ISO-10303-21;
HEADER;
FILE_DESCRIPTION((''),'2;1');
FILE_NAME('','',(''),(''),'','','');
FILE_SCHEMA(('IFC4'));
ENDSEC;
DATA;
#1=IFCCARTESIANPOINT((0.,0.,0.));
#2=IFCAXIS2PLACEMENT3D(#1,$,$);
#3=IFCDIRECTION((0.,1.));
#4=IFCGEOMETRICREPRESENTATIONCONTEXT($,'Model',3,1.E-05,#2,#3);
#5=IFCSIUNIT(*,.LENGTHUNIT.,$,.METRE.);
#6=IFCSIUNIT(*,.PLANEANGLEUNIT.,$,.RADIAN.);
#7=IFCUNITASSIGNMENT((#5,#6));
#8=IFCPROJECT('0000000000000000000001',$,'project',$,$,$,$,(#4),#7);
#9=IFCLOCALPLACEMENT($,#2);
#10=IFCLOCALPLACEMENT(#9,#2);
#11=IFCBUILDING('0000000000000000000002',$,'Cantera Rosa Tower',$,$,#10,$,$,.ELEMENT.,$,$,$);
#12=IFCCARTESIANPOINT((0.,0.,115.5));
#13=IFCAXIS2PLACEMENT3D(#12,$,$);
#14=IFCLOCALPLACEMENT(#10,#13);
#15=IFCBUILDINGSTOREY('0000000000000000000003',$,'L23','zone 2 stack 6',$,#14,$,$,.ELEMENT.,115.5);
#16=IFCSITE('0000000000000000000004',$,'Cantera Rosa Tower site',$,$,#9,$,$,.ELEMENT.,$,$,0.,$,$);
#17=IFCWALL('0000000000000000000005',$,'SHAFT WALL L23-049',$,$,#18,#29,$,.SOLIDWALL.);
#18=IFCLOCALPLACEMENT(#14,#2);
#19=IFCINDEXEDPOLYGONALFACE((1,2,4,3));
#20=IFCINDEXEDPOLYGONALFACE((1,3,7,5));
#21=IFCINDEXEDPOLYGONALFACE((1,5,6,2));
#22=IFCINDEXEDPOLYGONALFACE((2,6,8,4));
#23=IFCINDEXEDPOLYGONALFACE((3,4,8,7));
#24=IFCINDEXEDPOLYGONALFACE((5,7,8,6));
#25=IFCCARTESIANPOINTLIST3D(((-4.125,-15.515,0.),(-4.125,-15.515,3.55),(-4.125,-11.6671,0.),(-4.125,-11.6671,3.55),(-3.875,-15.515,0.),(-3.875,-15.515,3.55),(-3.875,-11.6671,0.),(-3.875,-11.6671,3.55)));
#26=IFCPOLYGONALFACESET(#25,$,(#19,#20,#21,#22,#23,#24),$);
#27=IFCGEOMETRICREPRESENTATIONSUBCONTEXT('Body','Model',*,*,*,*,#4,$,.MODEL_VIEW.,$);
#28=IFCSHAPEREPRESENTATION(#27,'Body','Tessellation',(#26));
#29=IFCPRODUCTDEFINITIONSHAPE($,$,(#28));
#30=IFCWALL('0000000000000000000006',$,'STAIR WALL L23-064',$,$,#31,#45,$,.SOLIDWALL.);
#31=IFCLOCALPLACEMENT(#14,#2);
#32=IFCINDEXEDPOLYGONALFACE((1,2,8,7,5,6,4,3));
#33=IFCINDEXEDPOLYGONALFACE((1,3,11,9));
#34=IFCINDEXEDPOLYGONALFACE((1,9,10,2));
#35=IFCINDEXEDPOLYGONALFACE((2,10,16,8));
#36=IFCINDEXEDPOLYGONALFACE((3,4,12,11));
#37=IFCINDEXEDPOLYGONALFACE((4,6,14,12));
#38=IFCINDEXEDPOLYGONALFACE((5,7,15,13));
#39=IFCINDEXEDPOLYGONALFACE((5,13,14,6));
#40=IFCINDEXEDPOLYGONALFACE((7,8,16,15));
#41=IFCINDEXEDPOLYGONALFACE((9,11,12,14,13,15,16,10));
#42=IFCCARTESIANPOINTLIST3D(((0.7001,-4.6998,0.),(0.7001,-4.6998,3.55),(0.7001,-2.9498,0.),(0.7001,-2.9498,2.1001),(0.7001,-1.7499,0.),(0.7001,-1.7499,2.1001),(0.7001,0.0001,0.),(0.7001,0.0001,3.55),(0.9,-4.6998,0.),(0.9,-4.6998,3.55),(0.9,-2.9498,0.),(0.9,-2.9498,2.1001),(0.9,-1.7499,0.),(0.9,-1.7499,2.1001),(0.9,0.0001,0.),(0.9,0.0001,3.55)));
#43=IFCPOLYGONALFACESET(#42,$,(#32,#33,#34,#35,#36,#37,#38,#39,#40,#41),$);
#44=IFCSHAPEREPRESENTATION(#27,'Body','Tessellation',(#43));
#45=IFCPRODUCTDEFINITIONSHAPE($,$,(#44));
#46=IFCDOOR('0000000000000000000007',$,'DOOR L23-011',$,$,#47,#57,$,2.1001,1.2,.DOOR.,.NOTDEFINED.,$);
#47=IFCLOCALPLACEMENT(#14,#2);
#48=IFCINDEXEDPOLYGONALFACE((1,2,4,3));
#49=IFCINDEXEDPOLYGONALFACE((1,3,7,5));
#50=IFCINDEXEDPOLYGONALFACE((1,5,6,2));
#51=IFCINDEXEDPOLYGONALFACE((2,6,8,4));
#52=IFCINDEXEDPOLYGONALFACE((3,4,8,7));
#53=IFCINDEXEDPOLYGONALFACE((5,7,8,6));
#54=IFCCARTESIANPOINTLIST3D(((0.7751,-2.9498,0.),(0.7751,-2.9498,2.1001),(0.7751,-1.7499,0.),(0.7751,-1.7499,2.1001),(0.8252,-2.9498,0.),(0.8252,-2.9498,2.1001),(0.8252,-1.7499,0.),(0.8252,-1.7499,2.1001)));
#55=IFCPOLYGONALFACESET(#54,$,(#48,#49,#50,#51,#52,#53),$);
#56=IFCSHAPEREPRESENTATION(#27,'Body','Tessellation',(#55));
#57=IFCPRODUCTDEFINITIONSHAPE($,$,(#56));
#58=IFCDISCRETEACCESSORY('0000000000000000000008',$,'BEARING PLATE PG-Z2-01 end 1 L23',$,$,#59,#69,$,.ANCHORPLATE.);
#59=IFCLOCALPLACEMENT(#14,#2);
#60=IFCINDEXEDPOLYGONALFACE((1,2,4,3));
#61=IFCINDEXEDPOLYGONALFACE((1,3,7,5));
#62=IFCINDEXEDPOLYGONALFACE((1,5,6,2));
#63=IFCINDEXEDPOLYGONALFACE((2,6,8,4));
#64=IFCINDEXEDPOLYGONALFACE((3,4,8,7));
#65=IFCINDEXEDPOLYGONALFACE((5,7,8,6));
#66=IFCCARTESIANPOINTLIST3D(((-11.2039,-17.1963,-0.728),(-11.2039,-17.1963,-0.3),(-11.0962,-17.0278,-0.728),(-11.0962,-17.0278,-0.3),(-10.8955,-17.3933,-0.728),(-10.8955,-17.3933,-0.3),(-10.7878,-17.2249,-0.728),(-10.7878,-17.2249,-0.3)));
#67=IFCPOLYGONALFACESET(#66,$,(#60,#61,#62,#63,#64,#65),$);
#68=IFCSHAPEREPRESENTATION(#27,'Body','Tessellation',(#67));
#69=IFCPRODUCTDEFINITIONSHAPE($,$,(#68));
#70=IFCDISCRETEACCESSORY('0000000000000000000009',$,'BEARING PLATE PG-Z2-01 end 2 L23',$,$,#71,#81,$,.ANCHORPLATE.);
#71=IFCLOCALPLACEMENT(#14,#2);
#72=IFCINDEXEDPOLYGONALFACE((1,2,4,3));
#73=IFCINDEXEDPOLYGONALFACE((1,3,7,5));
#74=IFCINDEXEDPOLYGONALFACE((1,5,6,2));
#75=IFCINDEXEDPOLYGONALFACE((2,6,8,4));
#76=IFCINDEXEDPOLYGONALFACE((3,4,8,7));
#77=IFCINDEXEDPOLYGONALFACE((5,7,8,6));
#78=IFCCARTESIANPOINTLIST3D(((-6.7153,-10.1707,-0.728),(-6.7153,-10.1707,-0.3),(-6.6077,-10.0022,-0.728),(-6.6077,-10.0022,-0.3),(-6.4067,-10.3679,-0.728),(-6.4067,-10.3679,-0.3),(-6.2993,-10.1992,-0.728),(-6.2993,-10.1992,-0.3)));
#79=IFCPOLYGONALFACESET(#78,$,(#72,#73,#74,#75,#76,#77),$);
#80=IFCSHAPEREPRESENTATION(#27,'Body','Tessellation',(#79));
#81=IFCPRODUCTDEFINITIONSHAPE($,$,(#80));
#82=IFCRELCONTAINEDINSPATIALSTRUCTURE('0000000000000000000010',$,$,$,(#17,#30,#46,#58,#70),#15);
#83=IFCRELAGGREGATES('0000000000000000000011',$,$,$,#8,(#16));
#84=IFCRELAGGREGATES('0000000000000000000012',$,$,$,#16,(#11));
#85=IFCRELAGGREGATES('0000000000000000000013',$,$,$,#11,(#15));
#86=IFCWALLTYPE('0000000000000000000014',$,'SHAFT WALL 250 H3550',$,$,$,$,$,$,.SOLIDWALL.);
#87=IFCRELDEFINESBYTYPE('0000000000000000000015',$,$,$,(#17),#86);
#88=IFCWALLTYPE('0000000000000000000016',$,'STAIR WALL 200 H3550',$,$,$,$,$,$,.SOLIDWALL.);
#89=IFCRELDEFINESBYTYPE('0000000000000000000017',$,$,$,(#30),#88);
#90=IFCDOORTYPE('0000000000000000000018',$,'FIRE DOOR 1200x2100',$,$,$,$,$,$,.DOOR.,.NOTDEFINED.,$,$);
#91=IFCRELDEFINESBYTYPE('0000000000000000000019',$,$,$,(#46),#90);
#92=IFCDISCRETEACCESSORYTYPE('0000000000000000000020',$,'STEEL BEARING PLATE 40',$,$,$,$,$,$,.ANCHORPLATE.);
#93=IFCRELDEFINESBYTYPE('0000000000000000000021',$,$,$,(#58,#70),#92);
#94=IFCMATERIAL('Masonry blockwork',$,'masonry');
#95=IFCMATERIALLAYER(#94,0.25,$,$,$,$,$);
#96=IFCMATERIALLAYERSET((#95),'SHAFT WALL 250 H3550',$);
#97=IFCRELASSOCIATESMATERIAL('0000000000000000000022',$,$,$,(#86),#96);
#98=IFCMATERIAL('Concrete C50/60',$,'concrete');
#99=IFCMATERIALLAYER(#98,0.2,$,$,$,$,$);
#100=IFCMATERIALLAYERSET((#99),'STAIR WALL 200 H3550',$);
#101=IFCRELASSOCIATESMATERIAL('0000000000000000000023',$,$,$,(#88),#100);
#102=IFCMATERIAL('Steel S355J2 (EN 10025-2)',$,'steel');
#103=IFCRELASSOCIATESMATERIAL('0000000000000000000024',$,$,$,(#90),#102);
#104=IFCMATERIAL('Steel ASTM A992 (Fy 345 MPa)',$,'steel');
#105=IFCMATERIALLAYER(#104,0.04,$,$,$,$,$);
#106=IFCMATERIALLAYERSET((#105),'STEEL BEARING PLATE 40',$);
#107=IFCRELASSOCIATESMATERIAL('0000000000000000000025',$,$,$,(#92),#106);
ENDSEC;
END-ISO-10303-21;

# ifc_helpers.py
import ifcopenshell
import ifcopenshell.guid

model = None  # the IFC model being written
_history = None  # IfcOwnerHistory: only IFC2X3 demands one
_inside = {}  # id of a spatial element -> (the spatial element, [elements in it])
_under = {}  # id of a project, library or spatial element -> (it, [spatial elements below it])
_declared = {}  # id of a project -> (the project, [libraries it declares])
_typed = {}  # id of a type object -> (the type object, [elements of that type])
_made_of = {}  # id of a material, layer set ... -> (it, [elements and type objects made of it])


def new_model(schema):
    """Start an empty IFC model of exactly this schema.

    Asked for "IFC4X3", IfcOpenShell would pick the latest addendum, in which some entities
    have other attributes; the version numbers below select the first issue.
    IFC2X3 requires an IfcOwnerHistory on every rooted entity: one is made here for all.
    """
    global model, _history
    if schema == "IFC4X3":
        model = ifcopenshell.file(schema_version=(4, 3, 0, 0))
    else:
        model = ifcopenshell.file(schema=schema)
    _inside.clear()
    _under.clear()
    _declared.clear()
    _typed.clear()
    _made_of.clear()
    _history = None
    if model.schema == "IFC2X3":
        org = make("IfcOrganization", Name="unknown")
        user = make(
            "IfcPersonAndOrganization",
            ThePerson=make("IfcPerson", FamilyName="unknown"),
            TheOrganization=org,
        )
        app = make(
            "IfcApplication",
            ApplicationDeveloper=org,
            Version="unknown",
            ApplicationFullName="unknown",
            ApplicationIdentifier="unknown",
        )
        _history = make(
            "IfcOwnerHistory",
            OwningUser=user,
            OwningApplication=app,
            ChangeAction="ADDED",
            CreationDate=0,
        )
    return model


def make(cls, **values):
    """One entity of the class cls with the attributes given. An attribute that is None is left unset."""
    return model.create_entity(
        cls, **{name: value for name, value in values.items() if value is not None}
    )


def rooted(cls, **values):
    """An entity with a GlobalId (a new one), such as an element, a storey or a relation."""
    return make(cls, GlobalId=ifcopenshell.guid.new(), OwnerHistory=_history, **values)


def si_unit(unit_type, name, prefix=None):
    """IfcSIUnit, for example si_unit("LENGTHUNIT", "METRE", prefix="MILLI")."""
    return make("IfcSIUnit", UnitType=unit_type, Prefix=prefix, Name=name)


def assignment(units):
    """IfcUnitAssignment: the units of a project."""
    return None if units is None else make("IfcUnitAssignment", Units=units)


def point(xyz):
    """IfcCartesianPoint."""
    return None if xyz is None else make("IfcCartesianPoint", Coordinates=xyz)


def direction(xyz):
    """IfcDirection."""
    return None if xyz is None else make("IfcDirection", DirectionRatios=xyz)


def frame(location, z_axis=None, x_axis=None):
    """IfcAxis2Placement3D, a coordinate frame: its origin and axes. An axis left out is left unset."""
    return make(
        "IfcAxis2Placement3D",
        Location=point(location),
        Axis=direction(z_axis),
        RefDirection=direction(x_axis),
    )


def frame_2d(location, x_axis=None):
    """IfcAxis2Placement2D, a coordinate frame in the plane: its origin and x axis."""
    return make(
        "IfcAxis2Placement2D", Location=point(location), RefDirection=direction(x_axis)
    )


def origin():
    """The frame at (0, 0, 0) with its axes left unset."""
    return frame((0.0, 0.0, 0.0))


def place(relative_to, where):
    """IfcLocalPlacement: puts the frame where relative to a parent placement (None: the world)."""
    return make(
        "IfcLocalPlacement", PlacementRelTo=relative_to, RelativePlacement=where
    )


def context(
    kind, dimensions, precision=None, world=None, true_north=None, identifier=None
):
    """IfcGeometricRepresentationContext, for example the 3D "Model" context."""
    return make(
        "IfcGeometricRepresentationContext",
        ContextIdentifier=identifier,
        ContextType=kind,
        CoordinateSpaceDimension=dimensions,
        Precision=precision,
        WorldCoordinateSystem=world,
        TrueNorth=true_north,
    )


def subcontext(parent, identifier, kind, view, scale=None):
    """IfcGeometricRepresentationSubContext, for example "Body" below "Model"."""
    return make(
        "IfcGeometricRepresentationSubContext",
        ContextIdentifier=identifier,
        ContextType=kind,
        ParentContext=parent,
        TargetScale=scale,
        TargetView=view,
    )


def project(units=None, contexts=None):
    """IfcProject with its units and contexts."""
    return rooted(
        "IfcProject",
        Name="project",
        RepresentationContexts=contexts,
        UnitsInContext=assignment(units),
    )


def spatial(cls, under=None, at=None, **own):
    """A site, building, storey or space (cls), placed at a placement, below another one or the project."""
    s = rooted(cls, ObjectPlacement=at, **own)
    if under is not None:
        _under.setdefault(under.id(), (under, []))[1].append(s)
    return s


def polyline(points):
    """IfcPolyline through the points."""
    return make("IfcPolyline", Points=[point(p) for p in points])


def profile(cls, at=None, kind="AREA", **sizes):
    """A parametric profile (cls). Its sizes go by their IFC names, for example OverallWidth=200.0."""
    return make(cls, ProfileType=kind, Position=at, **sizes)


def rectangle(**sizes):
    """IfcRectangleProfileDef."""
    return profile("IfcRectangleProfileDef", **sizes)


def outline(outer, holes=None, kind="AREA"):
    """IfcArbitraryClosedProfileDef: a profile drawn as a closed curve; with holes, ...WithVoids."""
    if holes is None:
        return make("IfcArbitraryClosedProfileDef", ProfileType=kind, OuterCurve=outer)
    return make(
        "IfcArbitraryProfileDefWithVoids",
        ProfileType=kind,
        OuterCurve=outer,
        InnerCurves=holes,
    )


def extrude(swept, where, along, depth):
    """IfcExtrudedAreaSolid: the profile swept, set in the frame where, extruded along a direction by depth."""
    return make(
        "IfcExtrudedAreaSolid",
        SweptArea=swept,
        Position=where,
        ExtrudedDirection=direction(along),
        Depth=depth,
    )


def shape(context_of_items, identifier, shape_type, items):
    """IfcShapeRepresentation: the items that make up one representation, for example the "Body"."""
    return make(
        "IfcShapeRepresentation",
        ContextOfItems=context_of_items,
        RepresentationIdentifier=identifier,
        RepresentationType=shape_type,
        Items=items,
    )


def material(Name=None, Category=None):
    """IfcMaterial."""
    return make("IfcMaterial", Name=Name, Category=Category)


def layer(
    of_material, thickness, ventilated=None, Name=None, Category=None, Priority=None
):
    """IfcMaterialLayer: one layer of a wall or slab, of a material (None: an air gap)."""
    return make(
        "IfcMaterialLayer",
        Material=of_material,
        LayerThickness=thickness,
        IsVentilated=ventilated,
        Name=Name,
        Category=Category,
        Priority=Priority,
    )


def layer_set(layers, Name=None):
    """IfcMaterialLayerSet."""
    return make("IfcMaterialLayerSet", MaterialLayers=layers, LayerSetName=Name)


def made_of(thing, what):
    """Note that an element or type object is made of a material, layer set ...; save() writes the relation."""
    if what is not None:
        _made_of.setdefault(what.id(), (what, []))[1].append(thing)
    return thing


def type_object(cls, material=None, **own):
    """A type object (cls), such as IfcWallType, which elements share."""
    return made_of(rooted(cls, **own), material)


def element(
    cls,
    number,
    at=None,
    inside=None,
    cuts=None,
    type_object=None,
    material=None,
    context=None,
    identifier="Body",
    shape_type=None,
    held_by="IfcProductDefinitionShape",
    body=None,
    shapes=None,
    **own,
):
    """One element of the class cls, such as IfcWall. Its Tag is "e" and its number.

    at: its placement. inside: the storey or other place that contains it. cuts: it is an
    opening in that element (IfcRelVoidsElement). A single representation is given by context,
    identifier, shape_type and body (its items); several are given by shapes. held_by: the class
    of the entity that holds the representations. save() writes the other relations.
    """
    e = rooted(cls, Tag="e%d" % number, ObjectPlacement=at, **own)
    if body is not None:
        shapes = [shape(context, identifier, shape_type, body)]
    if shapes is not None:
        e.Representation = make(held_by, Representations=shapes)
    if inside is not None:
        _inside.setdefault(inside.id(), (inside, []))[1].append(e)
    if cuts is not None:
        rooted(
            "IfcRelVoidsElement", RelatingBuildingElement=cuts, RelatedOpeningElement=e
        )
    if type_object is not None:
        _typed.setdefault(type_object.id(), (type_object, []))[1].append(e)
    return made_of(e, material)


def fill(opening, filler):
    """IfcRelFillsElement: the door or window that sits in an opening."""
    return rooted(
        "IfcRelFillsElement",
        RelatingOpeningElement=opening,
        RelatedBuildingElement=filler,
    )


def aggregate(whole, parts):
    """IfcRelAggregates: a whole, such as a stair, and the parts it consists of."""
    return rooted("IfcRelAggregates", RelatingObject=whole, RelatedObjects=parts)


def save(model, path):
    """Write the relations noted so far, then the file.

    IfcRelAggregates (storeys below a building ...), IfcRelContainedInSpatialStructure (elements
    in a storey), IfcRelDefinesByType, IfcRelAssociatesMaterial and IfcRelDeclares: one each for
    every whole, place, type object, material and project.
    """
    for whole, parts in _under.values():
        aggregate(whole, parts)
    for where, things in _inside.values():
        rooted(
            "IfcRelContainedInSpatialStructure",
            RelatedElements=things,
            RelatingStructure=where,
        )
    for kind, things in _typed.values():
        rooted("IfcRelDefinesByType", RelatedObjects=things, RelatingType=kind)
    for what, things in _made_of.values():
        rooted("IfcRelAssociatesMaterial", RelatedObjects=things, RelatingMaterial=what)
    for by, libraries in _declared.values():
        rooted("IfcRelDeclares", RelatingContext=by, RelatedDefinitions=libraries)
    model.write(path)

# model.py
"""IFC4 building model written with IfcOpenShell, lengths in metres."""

from ifc_helpers import new_model, si_unit, direction, frame, frame_2d, origin, place, context, subcontext, project, spatial, polyline, rectangle, outline, extrude, material, layer, layer_set, type_object, element, fill, save


model = new_model("IFC4")

# Units and contexts
model_context = context("Model", 3, precision=1e-05, world=origin(), true_north=direction((0.0, 1.0)))
body_context = subcontext(model_context, "Body", "Model", "MODEL_VIEW")
ifc_project = project(units=[si_unit("LENGTHUNIT", "METRE"), si_unit("PLANEANGLEUNIT", "RADIAN")], contexts=[model_context])

# Site, building, storey
site_placement = place(None, origin())
site = spatial("IfcSite", under=ifc_project, at=site_placement, Name="Cantera Rosa Tower site", CompositionType="ELEMENT", RefElevation=0.0)
building_placement = place(site_placement, origin())
building = spatial("IfcBuilding", under=site, at=building_placement, Name="Cantera Rosa Tower", CompositionType="ELEMENT")
storey_placement = place(building_placement, frame((0.0, 0.0, 115.5)))
storey = spatial("IfcBuildingStorey", under=building, at=storey_placement, Name="L23", Description="zone 2 stack 6", CompositionType="ELEMENT", Elevation=115.5)

# Wall
ifc_material_1 = material(Name="Masonry blockwork", Category="masonry")
ifc_layer_1 = layer(ifc_material_1, 0.25)
ifc_layer_set_1 = layer_set([ifc_layer_1], Name="SHAFT WALL 250 H3550")
wall_type_1 = type_object("IfcWallType", Name="SHAFT WALL 250 H3550", PredefinedType="SOLIDWALL", material=ifc_layer_set_1)
wall_1_placement = place(storey_placement, frame((-4.0, -11.6672, 0.0), z_axis=(0.0, 0.0, 1.0), x_axis=(0.0, -1.0, 0.0)))
element("IfcWall", 1, at=wall_1_placement, inside=storey, type_object=wall_type_1, Name="SHAFT WALL L23-049", PredefinedType="SOLIDWALL", context=body_context, shape_type="SweptSolid", body=[
    extrude(rectangle(XDim=3.8479, YDim=0.25, at=frame_2d((1.9238, 0.0))), origin(), (0.0, 0.0, 1.0), 3.55),
])

# Wall, opening, door
ifc_material_2 = material(Name="Concrete C50/60", Category="concrete")
ifc_layer_2 = layer(ifc_material_2, 0.2)
ifc_layer_set_2 = layer_set([ifc_layer_2], Name="STAIR WALL 200 H3550")
wall_type_2 = type_object("IfcWallType", Name="STAIR WALL 200 H3550", PredefinedType="SOLIDWALL", material=ifc_layer_set_2)
wall_2_placement = place(storey_placement, frame((0.8, -4.7, 0.0), z_axis=(0.0, 0.0, 1.0), x_axis=(0.0, 1.0, 0.0)))
wall_2 = element("IfcWall", 2, at=wall_2_placement, inside=storey, type_object=wall_type_2, Name="STAIR WALL L23-064", PredefinedType="SOLIDWALL", context=body_context, shape_type="SweptSolid", body=[
    extrude(rectangle(XDim=4.7, YDim=0.2, at=frame_2d((2.3501, 0.0))), origin(), (0.0, 0.0, 1.0), 3.55),
])
opening_1_placement = place(wall_2_placement, frame((1.75, 0.0, 0.0)))
opening_1 = element("IfcOpeningElement", 3, at=opening_1_placement, cuts=wall_2, PredefinedType="OPENING", context=body_context, shape_type="SweptSolid", body=[
    extrude(rectangle(XDim=1.2, YDim=2.1001, at=frame_2d((0.6001, 1.05))), frame((0.0, 0.1099, 0.0), z_axis=(0.0, -1.0, 0.0), x_axis=(1.0, 0.0, 0.0)), (0.0, 0.0, 1.0), 0.22),
])
ifc_material_3 = material(Name="Steel S355J2 (EN 10025-2)", Category="steel")
door_type_1 = type_object("IfcDoorType", Name="FIRE DOOR 1200x2100", OperationType="NOTDEFINED", PredefinedType="DOOR", material=ifc_material_3)
door_1_placement = place(opening_1_placement, origin())
door_1 = element("IfcDoor", 4, at=door_1_placement, inside=storey, type_object=door_type_1, Name="DOOR L23-011", OperationType="NOTDEFINED", OverallHeight=2.1001, OverallWidth=1.2, PredefinedType="DOOR", context=body_context, shape_type="SweptSolid", body=[
    extrude(rectangle(XDim=1.2, YDim=2.1001, at=frame_2d((0.6001, 1.05))), frame((0.0, 0.0249, 0.0), z_axis=(0.0, -1.0, 0.0), x_axis=(1.0, 0.0, 0.0)), (0.0, 0.0, 1.0), 0.05),
])
fill(opening_1, door_1)

# Discrete accessories
ifc_material_4 = material(Name="Steel ASTM A992 (Fy 345 MPa)", Category="steel")
ifc_layer_3 = layer(ifc_material_4, 0.04)
ifc_layer_set_3 = layer_set([ifc_layer_3], Name="STEEL BEARING PLATE 40")
discrete_accessory_type = type_object("IfcDiscreteAccessoryType", Name="STEEL BEARING PLATE 40", PredefinedType="ANCHORPLATE", material=ifc_layer_set_3)
discrete_accessory_1_placement = place(storey_placement, frame((0.0, 0.0, -0.728)))
element("IfcDiscreteAccessory", 5, at=discrete_accessory_1_placement, inside=storey, type_object=discrete_accessory_type, Name="BEARING PLATE PG-Z2-01 end 1 L23", PredefinedType="ANCHORPLATE", context=body_context, shape_type="SweptSolid", body=[
    extrude(outline(polyline([(-11.0962, -17.0278), (-11.2039, -17.1963), (-10.8955, -17.3933), (-10.7878, -17.2249), (-11.0962, -17.0278)])), origin(), (0.0, 0.0, 1.0), 0.428),
])
discrete_accessory_2_placement = place(storey_placement, frame((0.0, 0.0, -0.728)))
element("IfcDiscreteAccessory", 6, at=discrete_accessory_2_placement, inside=storey, type_object=discrete_accessory_type, Name="BEARING PLATE PG-Z2-01 end 2 L23", PredefinedType="ANCHORPLATE", context=body_context, shape_type="SweptSolid", body=[
    extrude(outline(polyline([(-6.4067, -10.3679), (-6.2993, -10.1992), (-6.6077, -10.0022), (-6.7153, -10.1707), (-6.4067, -10.3679)])), origin(), (0.0, 0.0, 1.0), 0.428),
])

save(model, "model.ifc")
